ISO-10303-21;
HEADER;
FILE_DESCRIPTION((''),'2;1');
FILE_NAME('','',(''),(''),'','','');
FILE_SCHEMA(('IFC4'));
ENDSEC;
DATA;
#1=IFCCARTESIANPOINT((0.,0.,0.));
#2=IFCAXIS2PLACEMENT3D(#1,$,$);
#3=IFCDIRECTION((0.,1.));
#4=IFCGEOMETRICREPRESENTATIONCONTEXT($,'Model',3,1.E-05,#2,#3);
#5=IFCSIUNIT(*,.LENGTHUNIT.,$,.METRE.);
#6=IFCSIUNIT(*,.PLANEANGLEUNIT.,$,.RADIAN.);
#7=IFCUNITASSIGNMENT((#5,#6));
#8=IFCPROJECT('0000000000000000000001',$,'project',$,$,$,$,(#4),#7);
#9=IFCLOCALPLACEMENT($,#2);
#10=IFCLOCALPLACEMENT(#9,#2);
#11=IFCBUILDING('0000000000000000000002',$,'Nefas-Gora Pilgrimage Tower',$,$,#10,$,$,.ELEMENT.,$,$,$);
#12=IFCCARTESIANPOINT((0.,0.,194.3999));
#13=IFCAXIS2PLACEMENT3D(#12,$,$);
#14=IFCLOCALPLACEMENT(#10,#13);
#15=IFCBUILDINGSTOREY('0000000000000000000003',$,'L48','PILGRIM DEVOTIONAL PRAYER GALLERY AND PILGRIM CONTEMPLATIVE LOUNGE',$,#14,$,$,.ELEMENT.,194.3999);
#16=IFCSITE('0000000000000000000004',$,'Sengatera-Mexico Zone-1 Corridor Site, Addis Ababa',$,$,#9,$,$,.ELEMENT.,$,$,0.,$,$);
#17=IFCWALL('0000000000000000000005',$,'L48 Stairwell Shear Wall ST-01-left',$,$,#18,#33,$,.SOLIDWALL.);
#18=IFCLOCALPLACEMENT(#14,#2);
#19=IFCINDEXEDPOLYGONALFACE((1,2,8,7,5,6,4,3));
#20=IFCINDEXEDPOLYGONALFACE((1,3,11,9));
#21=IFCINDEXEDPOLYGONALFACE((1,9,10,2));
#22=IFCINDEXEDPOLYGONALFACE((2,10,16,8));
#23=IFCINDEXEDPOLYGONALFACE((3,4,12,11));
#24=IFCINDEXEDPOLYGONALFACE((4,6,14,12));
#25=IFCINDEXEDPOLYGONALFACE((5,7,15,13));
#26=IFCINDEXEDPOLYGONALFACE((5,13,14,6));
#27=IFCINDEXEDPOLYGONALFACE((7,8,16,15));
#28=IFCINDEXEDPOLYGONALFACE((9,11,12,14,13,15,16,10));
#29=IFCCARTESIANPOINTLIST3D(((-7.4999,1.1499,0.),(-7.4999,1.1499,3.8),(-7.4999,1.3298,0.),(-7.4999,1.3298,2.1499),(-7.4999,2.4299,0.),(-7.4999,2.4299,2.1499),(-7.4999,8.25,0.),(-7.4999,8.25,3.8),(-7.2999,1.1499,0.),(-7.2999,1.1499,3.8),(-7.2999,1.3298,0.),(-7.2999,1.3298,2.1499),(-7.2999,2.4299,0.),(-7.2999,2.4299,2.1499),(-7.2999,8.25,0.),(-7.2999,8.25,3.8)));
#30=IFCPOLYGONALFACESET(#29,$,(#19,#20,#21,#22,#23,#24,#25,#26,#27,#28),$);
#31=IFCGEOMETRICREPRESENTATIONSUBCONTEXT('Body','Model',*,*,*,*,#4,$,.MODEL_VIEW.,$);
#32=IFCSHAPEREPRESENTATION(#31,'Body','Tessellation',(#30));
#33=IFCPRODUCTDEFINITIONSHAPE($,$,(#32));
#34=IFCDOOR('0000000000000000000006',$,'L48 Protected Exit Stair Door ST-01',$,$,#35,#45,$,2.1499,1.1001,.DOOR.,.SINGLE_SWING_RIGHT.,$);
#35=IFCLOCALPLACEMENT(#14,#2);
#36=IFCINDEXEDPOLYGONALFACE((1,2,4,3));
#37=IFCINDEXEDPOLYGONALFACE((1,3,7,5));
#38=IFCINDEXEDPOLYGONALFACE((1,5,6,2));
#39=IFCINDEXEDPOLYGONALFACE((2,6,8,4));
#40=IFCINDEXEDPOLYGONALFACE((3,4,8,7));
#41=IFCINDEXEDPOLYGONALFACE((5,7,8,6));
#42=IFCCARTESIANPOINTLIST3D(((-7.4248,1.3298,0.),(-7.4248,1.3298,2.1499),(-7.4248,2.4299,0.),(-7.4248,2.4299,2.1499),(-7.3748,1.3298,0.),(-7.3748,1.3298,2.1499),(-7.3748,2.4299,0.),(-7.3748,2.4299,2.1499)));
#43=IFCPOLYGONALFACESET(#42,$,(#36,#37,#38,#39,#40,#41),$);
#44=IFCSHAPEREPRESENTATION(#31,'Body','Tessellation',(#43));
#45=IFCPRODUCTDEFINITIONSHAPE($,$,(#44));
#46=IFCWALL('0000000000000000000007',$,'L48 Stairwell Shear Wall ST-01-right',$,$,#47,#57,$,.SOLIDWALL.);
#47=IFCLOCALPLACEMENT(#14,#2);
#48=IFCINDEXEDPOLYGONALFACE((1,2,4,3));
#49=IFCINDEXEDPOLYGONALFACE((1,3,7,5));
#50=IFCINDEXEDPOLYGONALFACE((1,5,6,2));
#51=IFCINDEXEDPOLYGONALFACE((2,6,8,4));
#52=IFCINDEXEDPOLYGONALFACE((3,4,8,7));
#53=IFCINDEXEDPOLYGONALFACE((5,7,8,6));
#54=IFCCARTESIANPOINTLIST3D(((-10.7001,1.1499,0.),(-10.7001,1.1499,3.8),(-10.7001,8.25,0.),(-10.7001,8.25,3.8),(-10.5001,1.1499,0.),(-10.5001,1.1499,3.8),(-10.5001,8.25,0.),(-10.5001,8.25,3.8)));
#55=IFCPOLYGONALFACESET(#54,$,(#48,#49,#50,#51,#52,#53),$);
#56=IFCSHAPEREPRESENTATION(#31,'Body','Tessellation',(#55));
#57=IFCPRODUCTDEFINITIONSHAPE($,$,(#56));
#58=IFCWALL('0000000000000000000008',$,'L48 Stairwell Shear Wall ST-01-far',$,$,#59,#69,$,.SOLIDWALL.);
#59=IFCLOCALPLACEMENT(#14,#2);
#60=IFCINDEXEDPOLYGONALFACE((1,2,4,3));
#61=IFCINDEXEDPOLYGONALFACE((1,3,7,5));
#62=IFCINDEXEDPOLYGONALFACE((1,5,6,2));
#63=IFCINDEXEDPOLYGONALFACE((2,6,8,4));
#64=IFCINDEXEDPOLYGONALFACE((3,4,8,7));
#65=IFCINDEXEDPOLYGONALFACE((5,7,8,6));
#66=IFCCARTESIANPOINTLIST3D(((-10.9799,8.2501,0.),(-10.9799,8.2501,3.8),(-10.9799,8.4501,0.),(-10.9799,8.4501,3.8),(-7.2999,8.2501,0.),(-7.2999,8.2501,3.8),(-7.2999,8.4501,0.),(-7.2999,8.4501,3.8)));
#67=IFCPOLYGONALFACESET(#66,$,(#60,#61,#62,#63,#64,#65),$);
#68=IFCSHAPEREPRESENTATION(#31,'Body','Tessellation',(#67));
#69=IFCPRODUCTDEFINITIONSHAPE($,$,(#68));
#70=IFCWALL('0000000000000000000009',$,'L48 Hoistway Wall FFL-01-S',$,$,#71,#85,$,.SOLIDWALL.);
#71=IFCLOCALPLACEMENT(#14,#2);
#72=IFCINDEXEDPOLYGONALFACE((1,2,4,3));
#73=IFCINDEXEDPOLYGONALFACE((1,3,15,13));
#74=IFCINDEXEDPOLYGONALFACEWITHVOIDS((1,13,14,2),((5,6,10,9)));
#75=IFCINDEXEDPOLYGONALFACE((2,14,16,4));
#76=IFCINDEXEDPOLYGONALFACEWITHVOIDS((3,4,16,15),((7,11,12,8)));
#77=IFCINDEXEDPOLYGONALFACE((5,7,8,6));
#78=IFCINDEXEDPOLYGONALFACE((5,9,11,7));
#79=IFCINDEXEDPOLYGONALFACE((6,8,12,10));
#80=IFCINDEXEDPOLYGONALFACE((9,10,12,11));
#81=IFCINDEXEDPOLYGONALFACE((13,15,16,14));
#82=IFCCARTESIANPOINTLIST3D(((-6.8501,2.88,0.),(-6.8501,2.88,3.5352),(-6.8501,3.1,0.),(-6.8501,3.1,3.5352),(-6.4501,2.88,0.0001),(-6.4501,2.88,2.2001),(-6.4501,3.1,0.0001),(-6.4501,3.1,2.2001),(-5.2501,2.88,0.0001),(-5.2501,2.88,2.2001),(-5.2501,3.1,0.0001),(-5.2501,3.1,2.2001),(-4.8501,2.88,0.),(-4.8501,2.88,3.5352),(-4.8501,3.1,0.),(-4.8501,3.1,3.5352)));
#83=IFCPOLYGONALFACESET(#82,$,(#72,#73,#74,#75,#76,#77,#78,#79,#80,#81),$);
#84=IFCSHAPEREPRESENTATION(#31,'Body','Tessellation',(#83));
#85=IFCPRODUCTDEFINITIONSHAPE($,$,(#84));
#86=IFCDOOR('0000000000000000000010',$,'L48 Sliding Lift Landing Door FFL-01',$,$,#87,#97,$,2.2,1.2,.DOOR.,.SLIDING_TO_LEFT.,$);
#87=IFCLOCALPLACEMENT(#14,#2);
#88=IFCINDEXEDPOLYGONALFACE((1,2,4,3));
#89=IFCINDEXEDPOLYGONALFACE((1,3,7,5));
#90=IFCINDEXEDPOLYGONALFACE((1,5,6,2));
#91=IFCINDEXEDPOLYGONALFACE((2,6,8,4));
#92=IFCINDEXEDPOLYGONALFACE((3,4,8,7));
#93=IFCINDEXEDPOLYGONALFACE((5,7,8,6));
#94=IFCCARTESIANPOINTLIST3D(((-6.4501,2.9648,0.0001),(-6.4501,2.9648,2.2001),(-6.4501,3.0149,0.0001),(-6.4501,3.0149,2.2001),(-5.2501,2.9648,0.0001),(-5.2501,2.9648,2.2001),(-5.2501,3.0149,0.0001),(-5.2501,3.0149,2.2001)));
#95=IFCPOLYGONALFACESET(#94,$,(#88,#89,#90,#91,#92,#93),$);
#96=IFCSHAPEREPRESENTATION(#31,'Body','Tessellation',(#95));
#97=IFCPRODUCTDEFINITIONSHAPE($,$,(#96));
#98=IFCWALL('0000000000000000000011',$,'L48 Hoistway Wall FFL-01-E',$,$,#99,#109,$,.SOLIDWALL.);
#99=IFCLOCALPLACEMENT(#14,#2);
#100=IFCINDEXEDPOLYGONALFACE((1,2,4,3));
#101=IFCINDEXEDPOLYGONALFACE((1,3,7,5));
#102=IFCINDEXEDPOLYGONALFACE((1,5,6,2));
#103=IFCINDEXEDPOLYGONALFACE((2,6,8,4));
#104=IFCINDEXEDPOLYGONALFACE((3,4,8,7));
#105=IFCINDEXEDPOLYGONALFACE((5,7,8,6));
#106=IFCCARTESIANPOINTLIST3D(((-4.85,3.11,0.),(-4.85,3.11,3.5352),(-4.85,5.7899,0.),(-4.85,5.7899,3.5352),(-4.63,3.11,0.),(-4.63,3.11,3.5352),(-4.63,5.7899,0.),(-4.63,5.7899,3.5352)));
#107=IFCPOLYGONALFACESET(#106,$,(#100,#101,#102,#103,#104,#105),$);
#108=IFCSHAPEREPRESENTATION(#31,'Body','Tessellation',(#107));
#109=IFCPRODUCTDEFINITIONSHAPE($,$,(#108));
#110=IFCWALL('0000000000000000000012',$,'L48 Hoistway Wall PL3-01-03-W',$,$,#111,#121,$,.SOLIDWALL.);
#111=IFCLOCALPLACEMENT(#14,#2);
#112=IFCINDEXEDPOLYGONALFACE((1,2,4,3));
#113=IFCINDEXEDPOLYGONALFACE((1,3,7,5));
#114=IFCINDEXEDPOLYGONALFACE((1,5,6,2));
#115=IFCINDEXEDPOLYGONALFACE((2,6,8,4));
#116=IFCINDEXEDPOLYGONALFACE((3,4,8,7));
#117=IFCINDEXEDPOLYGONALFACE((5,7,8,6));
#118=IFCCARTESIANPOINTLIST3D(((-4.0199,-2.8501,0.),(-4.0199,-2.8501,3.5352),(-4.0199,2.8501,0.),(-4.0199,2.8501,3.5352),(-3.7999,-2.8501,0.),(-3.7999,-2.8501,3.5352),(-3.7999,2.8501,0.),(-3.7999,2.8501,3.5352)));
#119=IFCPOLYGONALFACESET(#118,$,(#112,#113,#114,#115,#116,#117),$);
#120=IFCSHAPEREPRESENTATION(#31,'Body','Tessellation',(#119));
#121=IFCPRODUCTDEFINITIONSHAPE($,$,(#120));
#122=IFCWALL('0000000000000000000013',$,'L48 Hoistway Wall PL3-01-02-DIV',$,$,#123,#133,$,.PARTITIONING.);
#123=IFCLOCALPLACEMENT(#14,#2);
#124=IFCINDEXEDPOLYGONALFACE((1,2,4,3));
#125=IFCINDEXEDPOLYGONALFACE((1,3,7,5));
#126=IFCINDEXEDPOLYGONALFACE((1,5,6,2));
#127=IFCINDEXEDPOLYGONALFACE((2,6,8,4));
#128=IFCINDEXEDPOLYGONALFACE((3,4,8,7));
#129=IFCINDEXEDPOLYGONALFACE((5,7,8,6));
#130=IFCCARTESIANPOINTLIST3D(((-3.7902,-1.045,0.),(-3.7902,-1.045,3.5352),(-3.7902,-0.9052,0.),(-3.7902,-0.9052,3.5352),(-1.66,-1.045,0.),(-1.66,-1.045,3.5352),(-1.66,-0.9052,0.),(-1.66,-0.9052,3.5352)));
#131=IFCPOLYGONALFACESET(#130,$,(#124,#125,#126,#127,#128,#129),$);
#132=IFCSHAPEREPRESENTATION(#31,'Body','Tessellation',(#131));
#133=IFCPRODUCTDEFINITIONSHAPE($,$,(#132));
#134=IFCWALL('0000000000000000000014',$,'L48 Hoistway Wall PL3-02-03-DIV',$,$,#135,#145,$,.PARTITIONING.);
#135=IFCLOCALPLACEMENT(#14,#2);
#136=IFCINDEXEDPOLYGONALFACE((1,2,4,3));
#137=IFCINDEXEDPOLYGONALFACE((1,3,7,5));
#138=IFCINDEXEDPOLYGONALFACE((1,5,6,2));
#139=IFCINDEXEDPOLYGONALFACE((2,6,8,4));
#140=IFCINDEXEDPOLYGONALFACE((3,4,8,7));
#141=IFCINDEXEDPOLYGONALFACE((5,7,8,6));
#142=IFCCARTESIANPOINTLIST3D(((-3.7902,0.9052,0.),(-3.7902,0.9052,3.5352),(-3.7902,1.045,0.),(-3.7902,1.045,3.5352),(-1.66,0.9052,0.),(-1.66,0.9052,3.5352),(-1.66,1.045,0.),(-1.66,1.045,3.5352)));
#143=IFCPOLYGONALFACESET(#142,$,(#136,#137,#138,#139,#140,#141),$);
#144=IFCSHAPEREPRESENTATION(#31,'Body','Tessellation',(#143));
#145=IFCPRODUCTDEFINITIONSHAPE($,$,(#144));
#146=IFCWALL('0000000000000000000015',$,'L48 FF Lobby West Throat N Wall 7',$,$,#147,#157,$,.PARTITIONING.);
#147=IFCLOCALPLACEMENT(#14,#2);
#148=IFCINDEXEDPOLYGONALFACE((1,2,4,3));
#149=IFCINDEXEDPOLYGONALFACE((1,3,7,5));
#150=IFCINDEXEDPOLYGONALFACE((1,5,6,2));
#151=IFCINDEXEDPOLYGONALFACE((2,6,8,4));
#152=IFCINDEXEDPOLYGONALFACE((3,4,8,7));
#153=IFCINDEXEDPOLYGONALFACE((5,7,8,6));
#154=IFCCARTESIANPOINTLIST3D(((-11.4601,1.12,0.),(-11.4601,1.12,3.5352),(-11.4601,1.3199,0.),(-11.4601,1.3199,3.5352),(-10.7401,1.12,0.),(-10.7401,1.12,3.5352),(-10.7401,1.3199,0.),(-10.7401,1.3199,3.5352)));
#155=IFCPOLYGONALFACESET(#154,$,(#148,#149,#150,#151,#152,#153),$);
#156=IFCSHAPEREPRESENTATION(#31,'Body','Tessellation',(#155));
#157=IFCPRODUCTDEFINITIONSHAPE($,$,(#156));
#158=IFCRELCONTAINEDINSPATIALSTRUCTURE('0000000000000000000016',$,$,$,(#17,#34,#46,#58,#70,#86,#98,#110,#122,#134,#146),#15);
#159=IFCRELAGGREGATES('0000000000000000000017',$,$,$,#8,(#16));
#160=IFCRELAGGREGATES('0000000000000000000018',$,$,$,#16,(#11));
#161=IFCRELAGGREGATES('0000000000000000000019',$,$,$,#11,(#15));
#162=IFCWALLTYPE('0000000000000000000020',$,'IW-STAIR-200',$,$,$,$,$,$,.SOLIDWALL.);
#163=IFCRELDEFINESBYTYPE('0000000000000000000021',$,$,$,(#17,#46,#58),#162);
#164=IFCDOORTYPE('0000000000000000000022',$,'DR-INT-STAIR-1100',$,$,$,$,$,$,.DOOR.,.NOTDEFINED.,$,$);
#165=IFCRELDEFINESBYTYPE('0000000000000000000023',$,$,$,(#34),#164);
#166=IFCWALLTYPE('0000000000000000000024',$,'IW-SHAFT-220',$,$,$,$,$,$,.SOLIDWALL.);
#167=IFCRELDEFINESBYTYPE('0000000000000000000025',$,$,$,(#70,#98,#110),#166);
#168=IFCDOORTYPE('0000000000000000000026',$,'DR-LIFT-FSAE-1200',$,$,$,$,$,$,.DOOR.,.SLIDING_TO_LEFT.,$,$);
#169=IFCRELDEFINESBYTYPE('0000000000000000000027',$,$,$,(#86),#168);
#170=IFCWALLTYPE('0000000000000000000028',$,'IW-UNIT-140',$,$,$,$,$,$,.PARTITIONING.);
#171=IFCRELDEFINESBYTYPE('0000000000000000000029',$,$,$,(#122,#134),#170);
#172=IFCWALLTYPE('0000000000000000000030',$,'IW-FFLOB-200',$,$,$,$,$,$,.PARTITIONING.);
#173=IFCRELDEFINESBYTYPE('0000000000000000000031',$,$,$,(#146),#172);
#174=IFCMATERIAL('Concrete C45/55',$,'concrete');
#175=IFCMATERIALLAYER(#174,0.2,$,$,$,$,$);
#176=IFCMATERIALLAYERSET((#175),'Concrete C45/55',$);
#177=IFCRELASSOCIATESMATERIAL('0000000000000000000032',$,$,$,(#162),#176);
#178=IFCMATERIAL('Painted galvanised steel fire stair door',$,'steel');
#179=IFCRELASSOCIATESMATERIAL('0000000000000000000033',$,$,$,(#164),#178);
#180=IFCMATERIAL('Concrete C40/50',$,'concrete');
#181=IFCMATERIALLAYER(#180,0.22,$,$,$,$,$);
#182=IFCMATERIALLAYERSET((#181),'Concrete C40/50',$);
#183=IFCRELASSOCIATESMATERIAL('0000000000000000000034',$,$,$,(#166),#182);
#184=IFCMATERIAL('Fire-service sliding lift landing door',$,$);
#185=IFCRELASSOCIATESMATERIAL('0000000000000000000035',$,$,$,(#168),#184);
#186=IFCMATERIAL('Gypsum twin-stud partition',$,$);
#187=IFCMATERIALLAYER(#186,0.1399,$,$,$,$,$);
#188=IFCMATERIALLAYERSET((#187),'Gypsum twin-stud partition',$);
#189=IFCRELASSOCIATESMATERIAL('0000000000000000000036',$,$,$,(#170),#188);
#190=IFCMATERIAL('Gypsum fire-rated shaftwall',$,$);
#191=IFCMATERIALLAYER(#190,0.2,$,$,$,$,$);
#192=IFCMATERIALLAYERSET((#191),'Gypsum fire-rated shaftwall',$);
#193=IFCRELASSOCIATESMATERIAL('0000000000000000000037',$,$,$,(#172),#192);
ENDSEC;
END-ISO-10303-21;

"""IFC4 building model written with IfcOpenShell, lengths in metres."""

from ifc_helpers import new_model, si_unit, direction, frame, frame_2d, origin, place, context, subcontext, project, spatial, rectangle, extrude, source, transform, mapped, material, layer, layer_set, type_object, element, fill, save


model = new_model("IFC4")

# Units and contexts
model_context = context("Model", 3, precision=1e-05, world=origin(), true_north=direction((0.0, 1.0)))
body_context = subcontext(model_context, "Body", "Model", "MODEL_VIEW")
ifc_project = project(units=[si_unit("LENGTHUNIT", "METRE"), si_unit("PLANEANGLEUNIT", "RADIAN")], contexts=[model_context])

# Site, building, storey
site_placement = place(None, origin())
site = spatial("IfcSite", under=ifc_project, at=site_placement, Name="Sengatera-Mexico Zone-1 Corridor Site, Addis Ababa", CompositionType="ELEMENT", RefElevation=0.0)
building_placement = place(site_placement, origin())
building = spatial("IfcBuilding", under=site, at=building_placement, Name="Nefas-Gora Pilgrimage Tower", CompositionType="ELEMENT")
storey_placement = place(building_placement, frame((0.0, 0.0, 194.3999)))
storey = spatial("IfcBuildingStorey", under=building, at=storey_placement, Name="L48", Description="PILGRIM DEVOTIONAL PRAYER GALLERY AND PILGRIM CONTEMPLATIVE LOUNGE", CompositionType="ELEMENT", Elevation=194.3999)

# Shared definitions
ifc_material_1 = material(Name="Concrete C45/55", Category="concrete")
ifc_layer_1 = layer(ifc_material_1, 0.2)
ifc_layer_set_1 = layer_set([ifc_layer_1], Name="Concrete C45/55")
wall_type_1 = type_object("IfcWallType", Name="IW-STAIR-200", PredefinedType="SOLIDWALL", material=ifc_layer_set_1)

# Wall, opening, door
shared_shape_1 = source(origin(), body_context, "Body", "SweptSolid", [
    extrude(rectangle(XDim=7.1001, YDim=0.2, at=frame_2d((3.55, 0.0))), origin(), (0.0, 0.0, 1.0), 3.8),
])
wall_1_placement = place(storey_placement, frame((-7.3999, 1.1499, 0.0), z_axis=(0.0, 0.0, 1.0), x_axis=(0.0, 1.0, 0.0)))
wall_1 = element("IfcWall", 1, at=wall_1_placement, inside=storey, type_object=wall_type_1, Name="L48 Stairwell Shear Wall ST-01-left", PredefinedType="SOLIDWALL", context=body_context, shape_type="MappedRepresentation", body=[
    mapped(shared_shape_1, transform((0.0, 0.0, 0.0), x_axis=(1.0, 0.0, 0.0), y_axis=(0.0, 1.0, 0.0), z_axis=(0.0, 0.0, 1.0), scale=1.0)),
])
opening_1_placement = place(wall_1_placement, frame((0.1799, 0.0, 0.0)))
opening_1 = element("IfcOpeningElement", 2, at=opening_1_placement, cuts=wall_1, PredefinedType="OPENING", context=body_context, shape_type="SweptSolid", body=[
    extrude(rectangle(XDim=1.1001, YDim=2.1499, at=frame_2d((0.55, 1.075))), frame((0.0, 0.1099, 0.0), z_axis=(0.0, -1.0, 0.0), x_axis=(1.0, 0.0, 0.0)), (0.0, 0.0, 1.0), 0.22),
])
ifc_material_2 = material(Name="Painted galvanised steel fire stair door", Category="steel")
door_type_1 = type_object("IfcDoorType", Name="DR-INT-STAIR-1100", OperationType="NOTDEFINED", PredefinedType="DOOR", material=ifc_material_2)
shared_shape_2 = source(origin(), body_context, "Body", "SweptSolid", [
    extrude(rectangle(XDim=1.1001, YDim=2.1499, at=frame_2d((0.55, 1.075))), frame((0.0, 0.0249, 0.0), z_axis=(0.0, -1.0, 0.0), x_axis=(1.0, 0.0, 0.0)), (0.0, 0.0, 1.0), 0.05),
])
door_1_placement = place(opening_1_placement, origin())
door_1 = element("IfcDoor", 3, at=door_1_placement, inside=storey, type_object=door_type_1, Name="L48 Protected Exit Stair Door ST-01", OperationType="SINGLE_SWING_RIGHT", OverallHeight=2.1499, OverallWidth=1.1001, PredefinedType="DOOR", context=body_context, shape_type="MappedRepresentation", body=[
    mapped(shared_shape_2, transform((0.0, 0.0, 0.0), x_axis=(1.0, 0.0, 0.0), y_axis=(0.0, 1.0, 0.0), z_axis=(0.0, 0.0, 1.0), scale=1.0)),
])
fill(opening_1, door_1)

# Walls
wall_2_placement = place(storey_placement, frame((-10.6001, 1.1499, 0.0), z_axis=(0.0, 0.0, 1.0), x_axis=(0.0, 1.0, 0.0)))
element("IfcWall", 4, at=wall_2_placement, inside=storey, type_object=wall_type_1, Name="L48 Stairwell Shear Wall ST-01-right", PredefinedType="SOLIDWALL", context=body_context, shape_type="MappedRepresentation", body=[
    mapped(shared_shape_1, transform((0.0, 0.0, 0.0), x_axis=(1.0, 0.0, 0.0), y_axis=(0.0, 1.0, 0.0), z_axis=(0.0, 0.0, 1.0), scale=1.0)),
])
shared_shape_3 = source(origin(), body_context, "Body", "SweptSolid", [
    extrude(rectangle(XDim=3.6799, YDim=0.2, at=frame_2d((1.8398, 0.0))), origin(), (0.0, 0.0, 1.0), 3.8),
])
wall_3_placement = place(storey_placement, frame((-7.3, 8.3501, 0.0), z_axis=(0.0, 0.0, 1.0), x_axis=(-1.0, 0.0, 0.0)))
element("IfcWall", 5, at=wall_3_placement, inside=storey, type_object=wall_type_1, Name="L48 Stairwell Shear Wall ST-01-far", PredefinedType="SOLIDWALL", context=body_context, shape_type="MappedRepresentation", body=[
    mapped(shared_shape_3, transform((0.0, 0.0, 0.0), x_axis=(1.0, 0.0, 0.0), y_axis=(0.0, 1.0, 0.0), z_axis=(0.0, 0.0, 1.0), scale=1.0)),
])

# Wall, opening, door
ifc_material_3 = material(Name="Concrete C40/50", Category="concrete")
ifc_layer_2 = layer(ifc_material_3, 0.22)
ifc_layer_set_2 = layer_set([ifc_layer_2], Name="Concrete C40/50")
wall_type_2 = type_object("IfcWallType", Name="IW-SHAFT-220", PredefinedType="SOLIDWALL", material=ifc_layer_set_2)
shared_shape_4 = source(origin(), body_context, "Body", "SweptSolid", [
    extrude(rectangle(XDim=2.0, YDim=0.22, at=frame_2d((1.0, 0.0))), origin(), (0.0, 0.0, 1.0), 3.5352),
])
wall_4_placement = place(storey_placement, frame((-6.8501, 2.99, 0.0), z_axis=(0.0, 0.0, 1.0), x_axis=(1.0, 0.0, 0.0)))
wall_4 = element("IfcWall", 6, at=wall_4_placement, inside=storey, type_object=wall_type_2, Name="L48 Hoistway Wall FFL-01-S", PredefinedType="SOLIDWALL", context=body_context, shape_type="MappedRepresentation", body=[
    mapped(shared_shape_4, transform((0.0, 0.0, 0.0), x_axis=(1.0, 0.0, 0.0), y_axis=(0.0, 1.0, 0.0), z_axis=(0.0, 0.0, 1.0), scale=1.0)),
])
opening_2_placement = place(wall_4_placement, frame((0.3999, 0.0, 0.0)))
opening_2 = element("IfcOpeningElement", 7, at=opening_2_placement, cuts=wall_4, PredefinedType="OPENING", context=body_context, shape_type="SweptSolid", body=[
    extrude(rectangle(XDim=1.2, YDim=2.2, at=frame_2d((0.6001, 1.1001))), frame((0.0, 0.1199, 0.0), z_axis=(0.0, -1.0, 0.0), x_axis=(1.0, 0.0, 0.0)), (0.0, 0.0, 1.0), 0.24),
])
ifc_material_4 = material(Name="Fire-service sliding lift landing door")
door_type_2 = type_object("IfcDoorType", Name="DR-LIFT-FSAE-1200", OperationType="SLIDING_TO_LEFT", PredefinedType="DOOR", material=ifc_material_4)
shared_shape_5 = source(origin(), body_context, "Body", "SweptSolid", [
    extrude(rectangle(XDim=1.2, YDim=2.2, at=frame_2d((0.6001, 1.1001))), frame((0.0, 0.0249, 0.0), z_axis=(0.0, -1.0, 0.0), x_axis=(1.0, 0.0, 0.0)), (0.0, 0.0, 1.0), 0.05),
])
door_2_placement = place(opening_2_placement, origin())
door_2 = element("IfcDoor", 8, at=door_2_placement, inside=storey, type_object=door_type_2, Name="L48 Sliding Lift Landing Door FFL-01", OperationType="SLIDING_TO_LEFT", OverallHeight=2.2, OverallWidth=1.2, PredefinedType="DOOR", context=body_context, shape_type="MappedRepresentation", body=[
    mapped(shared_shape_5, transform((0.0, 0.0, 0.0), x_axis=(1.0, 0.0, 0.0), y_axis=(0.0, 1.0, 0.0), z_axis=(0.0, 0.0, 1.0), scale=1.0)),
])
fill(opening_2, door_2)

# Walls
shared_shape_6 = source(origin(), body_context, "Body", "SweptSolid", [
    extrude(rectangle(XDim=2.6799, YDim=0.22, at=frame_2d((1.3398, 0.0))), origin(), (0.0, 0.0, 1.0), 3.5352),
])
wall_5_placement = place(storey_placement, frame((-4.74, 3.1101, 0.0), z_axis=(0.0, 0.0, 1.0), x_axis=(0.0, 1.0, 0.0)))
element("IfcWall", 9, at=wall_5_placement, inside=storey, type_object=wall_type_2, Name="L48 Hoistway Wall FFL-01-E", PredefinedType="SOLIDWALL", context=body_context, shape_type="MappedRepresentation", body=[
    mapped(shared_shape_6, transform((0.0, 0.0, 0.0), x_axis=(1.0, 0.0, 0.0), y_axis=(0.0, 1.0, 0.0), z_axis=(0.0, 0.0, 1.0), scale=1.0)),
])
shared_shape_7 = source(origin(), body_context, "Body", "SweptSolid", [
    extrude(rectangle(XDim=5.7002, YDim=0.22, at=frame_2d((2.8501, 0.0))), origin(), (0.0, 0.0, 1.0), 3.5352),
])
wall_6_placement = place(storey_placement, frame((-3.9099, 2.8501, 0.0), z_axis=(0.0, 0.0, 1.0), x_axis=(0.0, -1.0, 0.0)))
element("IfcWall", 10, at=wall_6_placement, inside=storey, type_object=wall_type_2, Name="L48 Hoistway Wall PL3-01-03-W", PredefinedType="SOLIDWALL", context=body_context, shape_type="MappedRepresentation", body=[
    mapped(shared_shape_7, transform((0.0, 0.0, 0.0), x_axis=(1.0, 0.0, 0.0), y_axis=(0.0, 1.0, 0.0), z_axis=(0.0, 0.0, 1.0), scale=1.0)),
])
ifc_material_5 = material(Name="Gypsum twin-stud partition")
ifc_layer_3 = layer(ifc_material_5, 0.1399)
ifc_layer_set_3 = layer_set([ifc_layer_3], Name="Gypsum twin-stud partition")
wall_type_3 = type_object("IfcWallType", Name="IW-UNIT-140", PredefinedType="PARTITIONING", material=ifc_layer_set_3)
shared_shape_8 = source(origin(), body_context, "Body", "SweptSolid", [
    extrude(rectangle(XDim=2.1301, YDim=0.1399, at=frame_2d((1.0649, 0.0))), origin(), (0.0, 0.0, 1.0), 3.5352),
])
for number, where, z_axis, x_axis, name in (
    (11, (-3.79, -0.9751, 0.0), (0.0, 0.0, 1.0), (1.0, 0.0, 0.0), "L48 Hoistway Wall PL3-01-02-DIV"),
    (12, (-3.79, 0.9751, 0.0), (0.0, 0.0, 1.0), (1.0, 0.0, 0.0), "L48 Hoistway Wall PL3-02-03-DIV"),
):
    element("IfcWall", number, at=place(storey_placement, frame(where, z_axis=z_axis, x_axis=x_axis)), inside=storey, type_object=wall_type_3, Name=name, PredefinedType="PARTITIONING", context=body_context, shape_type="MappedRepresentation", body=[
        mapped(shared_shape_8, transform((0.0, 0.0, 0.0), x_axis=(1.0, 0.0, 0.0), y_axis=(0.0, 1.0, 0.0), z_axis=(0.0, 0.0, 1.0), scale=1.0)),
    ])
ifc_material_6 = material(Name="Gypsum fire-rated shaftwall")
ifc_layer_4 = layer(ifc_material_6, 0.2)
ifc_layer_set_4 = layer_set([ifc_layer_4], Name="Gypsum fire-rated shaftwall")
wall_type_4 = type_object("IfcWallType", Name="IW-FFLOB-200", PredefinedType="PARTITIONING", material=ifc_layer_set_4)
shared_shape_9 = source(origin(), body_context, "Body", "SweptSolid", [
    extrude(rectangle(XDim=0.72, YDim=0.2, at=frame_2d((0.3599, 0.0))), origin(), (0.0, 0.0, 1.0), 3.5352),
])
wall_7_placement = place(storey_placement, frame((-11.46, 1.22, 0.0), z_axis=(0.0, 0.0, 1.0), x_axis=(1.0, 0.0, 0.0)))
element("IfcWall", 13, at=wall_7_placement, inside=storey, type_object=wall_type_4, Name="L48 FF Lobby West Throat N Wall 7", PredefinedType="PARTITIONING", context=body_context, shape_type="MappedRepresentation", body=[
    mapped(shared_shape_9, transform((0.0, 0.0, 0.0), x_axis=(1.0, 0.0, 0.0), y_axis=(0.0, 1.0, 0.0), z_axis=(0.0, 0.0, 1.0), scale=1.0)),
])

save(model, "model.ifc")
